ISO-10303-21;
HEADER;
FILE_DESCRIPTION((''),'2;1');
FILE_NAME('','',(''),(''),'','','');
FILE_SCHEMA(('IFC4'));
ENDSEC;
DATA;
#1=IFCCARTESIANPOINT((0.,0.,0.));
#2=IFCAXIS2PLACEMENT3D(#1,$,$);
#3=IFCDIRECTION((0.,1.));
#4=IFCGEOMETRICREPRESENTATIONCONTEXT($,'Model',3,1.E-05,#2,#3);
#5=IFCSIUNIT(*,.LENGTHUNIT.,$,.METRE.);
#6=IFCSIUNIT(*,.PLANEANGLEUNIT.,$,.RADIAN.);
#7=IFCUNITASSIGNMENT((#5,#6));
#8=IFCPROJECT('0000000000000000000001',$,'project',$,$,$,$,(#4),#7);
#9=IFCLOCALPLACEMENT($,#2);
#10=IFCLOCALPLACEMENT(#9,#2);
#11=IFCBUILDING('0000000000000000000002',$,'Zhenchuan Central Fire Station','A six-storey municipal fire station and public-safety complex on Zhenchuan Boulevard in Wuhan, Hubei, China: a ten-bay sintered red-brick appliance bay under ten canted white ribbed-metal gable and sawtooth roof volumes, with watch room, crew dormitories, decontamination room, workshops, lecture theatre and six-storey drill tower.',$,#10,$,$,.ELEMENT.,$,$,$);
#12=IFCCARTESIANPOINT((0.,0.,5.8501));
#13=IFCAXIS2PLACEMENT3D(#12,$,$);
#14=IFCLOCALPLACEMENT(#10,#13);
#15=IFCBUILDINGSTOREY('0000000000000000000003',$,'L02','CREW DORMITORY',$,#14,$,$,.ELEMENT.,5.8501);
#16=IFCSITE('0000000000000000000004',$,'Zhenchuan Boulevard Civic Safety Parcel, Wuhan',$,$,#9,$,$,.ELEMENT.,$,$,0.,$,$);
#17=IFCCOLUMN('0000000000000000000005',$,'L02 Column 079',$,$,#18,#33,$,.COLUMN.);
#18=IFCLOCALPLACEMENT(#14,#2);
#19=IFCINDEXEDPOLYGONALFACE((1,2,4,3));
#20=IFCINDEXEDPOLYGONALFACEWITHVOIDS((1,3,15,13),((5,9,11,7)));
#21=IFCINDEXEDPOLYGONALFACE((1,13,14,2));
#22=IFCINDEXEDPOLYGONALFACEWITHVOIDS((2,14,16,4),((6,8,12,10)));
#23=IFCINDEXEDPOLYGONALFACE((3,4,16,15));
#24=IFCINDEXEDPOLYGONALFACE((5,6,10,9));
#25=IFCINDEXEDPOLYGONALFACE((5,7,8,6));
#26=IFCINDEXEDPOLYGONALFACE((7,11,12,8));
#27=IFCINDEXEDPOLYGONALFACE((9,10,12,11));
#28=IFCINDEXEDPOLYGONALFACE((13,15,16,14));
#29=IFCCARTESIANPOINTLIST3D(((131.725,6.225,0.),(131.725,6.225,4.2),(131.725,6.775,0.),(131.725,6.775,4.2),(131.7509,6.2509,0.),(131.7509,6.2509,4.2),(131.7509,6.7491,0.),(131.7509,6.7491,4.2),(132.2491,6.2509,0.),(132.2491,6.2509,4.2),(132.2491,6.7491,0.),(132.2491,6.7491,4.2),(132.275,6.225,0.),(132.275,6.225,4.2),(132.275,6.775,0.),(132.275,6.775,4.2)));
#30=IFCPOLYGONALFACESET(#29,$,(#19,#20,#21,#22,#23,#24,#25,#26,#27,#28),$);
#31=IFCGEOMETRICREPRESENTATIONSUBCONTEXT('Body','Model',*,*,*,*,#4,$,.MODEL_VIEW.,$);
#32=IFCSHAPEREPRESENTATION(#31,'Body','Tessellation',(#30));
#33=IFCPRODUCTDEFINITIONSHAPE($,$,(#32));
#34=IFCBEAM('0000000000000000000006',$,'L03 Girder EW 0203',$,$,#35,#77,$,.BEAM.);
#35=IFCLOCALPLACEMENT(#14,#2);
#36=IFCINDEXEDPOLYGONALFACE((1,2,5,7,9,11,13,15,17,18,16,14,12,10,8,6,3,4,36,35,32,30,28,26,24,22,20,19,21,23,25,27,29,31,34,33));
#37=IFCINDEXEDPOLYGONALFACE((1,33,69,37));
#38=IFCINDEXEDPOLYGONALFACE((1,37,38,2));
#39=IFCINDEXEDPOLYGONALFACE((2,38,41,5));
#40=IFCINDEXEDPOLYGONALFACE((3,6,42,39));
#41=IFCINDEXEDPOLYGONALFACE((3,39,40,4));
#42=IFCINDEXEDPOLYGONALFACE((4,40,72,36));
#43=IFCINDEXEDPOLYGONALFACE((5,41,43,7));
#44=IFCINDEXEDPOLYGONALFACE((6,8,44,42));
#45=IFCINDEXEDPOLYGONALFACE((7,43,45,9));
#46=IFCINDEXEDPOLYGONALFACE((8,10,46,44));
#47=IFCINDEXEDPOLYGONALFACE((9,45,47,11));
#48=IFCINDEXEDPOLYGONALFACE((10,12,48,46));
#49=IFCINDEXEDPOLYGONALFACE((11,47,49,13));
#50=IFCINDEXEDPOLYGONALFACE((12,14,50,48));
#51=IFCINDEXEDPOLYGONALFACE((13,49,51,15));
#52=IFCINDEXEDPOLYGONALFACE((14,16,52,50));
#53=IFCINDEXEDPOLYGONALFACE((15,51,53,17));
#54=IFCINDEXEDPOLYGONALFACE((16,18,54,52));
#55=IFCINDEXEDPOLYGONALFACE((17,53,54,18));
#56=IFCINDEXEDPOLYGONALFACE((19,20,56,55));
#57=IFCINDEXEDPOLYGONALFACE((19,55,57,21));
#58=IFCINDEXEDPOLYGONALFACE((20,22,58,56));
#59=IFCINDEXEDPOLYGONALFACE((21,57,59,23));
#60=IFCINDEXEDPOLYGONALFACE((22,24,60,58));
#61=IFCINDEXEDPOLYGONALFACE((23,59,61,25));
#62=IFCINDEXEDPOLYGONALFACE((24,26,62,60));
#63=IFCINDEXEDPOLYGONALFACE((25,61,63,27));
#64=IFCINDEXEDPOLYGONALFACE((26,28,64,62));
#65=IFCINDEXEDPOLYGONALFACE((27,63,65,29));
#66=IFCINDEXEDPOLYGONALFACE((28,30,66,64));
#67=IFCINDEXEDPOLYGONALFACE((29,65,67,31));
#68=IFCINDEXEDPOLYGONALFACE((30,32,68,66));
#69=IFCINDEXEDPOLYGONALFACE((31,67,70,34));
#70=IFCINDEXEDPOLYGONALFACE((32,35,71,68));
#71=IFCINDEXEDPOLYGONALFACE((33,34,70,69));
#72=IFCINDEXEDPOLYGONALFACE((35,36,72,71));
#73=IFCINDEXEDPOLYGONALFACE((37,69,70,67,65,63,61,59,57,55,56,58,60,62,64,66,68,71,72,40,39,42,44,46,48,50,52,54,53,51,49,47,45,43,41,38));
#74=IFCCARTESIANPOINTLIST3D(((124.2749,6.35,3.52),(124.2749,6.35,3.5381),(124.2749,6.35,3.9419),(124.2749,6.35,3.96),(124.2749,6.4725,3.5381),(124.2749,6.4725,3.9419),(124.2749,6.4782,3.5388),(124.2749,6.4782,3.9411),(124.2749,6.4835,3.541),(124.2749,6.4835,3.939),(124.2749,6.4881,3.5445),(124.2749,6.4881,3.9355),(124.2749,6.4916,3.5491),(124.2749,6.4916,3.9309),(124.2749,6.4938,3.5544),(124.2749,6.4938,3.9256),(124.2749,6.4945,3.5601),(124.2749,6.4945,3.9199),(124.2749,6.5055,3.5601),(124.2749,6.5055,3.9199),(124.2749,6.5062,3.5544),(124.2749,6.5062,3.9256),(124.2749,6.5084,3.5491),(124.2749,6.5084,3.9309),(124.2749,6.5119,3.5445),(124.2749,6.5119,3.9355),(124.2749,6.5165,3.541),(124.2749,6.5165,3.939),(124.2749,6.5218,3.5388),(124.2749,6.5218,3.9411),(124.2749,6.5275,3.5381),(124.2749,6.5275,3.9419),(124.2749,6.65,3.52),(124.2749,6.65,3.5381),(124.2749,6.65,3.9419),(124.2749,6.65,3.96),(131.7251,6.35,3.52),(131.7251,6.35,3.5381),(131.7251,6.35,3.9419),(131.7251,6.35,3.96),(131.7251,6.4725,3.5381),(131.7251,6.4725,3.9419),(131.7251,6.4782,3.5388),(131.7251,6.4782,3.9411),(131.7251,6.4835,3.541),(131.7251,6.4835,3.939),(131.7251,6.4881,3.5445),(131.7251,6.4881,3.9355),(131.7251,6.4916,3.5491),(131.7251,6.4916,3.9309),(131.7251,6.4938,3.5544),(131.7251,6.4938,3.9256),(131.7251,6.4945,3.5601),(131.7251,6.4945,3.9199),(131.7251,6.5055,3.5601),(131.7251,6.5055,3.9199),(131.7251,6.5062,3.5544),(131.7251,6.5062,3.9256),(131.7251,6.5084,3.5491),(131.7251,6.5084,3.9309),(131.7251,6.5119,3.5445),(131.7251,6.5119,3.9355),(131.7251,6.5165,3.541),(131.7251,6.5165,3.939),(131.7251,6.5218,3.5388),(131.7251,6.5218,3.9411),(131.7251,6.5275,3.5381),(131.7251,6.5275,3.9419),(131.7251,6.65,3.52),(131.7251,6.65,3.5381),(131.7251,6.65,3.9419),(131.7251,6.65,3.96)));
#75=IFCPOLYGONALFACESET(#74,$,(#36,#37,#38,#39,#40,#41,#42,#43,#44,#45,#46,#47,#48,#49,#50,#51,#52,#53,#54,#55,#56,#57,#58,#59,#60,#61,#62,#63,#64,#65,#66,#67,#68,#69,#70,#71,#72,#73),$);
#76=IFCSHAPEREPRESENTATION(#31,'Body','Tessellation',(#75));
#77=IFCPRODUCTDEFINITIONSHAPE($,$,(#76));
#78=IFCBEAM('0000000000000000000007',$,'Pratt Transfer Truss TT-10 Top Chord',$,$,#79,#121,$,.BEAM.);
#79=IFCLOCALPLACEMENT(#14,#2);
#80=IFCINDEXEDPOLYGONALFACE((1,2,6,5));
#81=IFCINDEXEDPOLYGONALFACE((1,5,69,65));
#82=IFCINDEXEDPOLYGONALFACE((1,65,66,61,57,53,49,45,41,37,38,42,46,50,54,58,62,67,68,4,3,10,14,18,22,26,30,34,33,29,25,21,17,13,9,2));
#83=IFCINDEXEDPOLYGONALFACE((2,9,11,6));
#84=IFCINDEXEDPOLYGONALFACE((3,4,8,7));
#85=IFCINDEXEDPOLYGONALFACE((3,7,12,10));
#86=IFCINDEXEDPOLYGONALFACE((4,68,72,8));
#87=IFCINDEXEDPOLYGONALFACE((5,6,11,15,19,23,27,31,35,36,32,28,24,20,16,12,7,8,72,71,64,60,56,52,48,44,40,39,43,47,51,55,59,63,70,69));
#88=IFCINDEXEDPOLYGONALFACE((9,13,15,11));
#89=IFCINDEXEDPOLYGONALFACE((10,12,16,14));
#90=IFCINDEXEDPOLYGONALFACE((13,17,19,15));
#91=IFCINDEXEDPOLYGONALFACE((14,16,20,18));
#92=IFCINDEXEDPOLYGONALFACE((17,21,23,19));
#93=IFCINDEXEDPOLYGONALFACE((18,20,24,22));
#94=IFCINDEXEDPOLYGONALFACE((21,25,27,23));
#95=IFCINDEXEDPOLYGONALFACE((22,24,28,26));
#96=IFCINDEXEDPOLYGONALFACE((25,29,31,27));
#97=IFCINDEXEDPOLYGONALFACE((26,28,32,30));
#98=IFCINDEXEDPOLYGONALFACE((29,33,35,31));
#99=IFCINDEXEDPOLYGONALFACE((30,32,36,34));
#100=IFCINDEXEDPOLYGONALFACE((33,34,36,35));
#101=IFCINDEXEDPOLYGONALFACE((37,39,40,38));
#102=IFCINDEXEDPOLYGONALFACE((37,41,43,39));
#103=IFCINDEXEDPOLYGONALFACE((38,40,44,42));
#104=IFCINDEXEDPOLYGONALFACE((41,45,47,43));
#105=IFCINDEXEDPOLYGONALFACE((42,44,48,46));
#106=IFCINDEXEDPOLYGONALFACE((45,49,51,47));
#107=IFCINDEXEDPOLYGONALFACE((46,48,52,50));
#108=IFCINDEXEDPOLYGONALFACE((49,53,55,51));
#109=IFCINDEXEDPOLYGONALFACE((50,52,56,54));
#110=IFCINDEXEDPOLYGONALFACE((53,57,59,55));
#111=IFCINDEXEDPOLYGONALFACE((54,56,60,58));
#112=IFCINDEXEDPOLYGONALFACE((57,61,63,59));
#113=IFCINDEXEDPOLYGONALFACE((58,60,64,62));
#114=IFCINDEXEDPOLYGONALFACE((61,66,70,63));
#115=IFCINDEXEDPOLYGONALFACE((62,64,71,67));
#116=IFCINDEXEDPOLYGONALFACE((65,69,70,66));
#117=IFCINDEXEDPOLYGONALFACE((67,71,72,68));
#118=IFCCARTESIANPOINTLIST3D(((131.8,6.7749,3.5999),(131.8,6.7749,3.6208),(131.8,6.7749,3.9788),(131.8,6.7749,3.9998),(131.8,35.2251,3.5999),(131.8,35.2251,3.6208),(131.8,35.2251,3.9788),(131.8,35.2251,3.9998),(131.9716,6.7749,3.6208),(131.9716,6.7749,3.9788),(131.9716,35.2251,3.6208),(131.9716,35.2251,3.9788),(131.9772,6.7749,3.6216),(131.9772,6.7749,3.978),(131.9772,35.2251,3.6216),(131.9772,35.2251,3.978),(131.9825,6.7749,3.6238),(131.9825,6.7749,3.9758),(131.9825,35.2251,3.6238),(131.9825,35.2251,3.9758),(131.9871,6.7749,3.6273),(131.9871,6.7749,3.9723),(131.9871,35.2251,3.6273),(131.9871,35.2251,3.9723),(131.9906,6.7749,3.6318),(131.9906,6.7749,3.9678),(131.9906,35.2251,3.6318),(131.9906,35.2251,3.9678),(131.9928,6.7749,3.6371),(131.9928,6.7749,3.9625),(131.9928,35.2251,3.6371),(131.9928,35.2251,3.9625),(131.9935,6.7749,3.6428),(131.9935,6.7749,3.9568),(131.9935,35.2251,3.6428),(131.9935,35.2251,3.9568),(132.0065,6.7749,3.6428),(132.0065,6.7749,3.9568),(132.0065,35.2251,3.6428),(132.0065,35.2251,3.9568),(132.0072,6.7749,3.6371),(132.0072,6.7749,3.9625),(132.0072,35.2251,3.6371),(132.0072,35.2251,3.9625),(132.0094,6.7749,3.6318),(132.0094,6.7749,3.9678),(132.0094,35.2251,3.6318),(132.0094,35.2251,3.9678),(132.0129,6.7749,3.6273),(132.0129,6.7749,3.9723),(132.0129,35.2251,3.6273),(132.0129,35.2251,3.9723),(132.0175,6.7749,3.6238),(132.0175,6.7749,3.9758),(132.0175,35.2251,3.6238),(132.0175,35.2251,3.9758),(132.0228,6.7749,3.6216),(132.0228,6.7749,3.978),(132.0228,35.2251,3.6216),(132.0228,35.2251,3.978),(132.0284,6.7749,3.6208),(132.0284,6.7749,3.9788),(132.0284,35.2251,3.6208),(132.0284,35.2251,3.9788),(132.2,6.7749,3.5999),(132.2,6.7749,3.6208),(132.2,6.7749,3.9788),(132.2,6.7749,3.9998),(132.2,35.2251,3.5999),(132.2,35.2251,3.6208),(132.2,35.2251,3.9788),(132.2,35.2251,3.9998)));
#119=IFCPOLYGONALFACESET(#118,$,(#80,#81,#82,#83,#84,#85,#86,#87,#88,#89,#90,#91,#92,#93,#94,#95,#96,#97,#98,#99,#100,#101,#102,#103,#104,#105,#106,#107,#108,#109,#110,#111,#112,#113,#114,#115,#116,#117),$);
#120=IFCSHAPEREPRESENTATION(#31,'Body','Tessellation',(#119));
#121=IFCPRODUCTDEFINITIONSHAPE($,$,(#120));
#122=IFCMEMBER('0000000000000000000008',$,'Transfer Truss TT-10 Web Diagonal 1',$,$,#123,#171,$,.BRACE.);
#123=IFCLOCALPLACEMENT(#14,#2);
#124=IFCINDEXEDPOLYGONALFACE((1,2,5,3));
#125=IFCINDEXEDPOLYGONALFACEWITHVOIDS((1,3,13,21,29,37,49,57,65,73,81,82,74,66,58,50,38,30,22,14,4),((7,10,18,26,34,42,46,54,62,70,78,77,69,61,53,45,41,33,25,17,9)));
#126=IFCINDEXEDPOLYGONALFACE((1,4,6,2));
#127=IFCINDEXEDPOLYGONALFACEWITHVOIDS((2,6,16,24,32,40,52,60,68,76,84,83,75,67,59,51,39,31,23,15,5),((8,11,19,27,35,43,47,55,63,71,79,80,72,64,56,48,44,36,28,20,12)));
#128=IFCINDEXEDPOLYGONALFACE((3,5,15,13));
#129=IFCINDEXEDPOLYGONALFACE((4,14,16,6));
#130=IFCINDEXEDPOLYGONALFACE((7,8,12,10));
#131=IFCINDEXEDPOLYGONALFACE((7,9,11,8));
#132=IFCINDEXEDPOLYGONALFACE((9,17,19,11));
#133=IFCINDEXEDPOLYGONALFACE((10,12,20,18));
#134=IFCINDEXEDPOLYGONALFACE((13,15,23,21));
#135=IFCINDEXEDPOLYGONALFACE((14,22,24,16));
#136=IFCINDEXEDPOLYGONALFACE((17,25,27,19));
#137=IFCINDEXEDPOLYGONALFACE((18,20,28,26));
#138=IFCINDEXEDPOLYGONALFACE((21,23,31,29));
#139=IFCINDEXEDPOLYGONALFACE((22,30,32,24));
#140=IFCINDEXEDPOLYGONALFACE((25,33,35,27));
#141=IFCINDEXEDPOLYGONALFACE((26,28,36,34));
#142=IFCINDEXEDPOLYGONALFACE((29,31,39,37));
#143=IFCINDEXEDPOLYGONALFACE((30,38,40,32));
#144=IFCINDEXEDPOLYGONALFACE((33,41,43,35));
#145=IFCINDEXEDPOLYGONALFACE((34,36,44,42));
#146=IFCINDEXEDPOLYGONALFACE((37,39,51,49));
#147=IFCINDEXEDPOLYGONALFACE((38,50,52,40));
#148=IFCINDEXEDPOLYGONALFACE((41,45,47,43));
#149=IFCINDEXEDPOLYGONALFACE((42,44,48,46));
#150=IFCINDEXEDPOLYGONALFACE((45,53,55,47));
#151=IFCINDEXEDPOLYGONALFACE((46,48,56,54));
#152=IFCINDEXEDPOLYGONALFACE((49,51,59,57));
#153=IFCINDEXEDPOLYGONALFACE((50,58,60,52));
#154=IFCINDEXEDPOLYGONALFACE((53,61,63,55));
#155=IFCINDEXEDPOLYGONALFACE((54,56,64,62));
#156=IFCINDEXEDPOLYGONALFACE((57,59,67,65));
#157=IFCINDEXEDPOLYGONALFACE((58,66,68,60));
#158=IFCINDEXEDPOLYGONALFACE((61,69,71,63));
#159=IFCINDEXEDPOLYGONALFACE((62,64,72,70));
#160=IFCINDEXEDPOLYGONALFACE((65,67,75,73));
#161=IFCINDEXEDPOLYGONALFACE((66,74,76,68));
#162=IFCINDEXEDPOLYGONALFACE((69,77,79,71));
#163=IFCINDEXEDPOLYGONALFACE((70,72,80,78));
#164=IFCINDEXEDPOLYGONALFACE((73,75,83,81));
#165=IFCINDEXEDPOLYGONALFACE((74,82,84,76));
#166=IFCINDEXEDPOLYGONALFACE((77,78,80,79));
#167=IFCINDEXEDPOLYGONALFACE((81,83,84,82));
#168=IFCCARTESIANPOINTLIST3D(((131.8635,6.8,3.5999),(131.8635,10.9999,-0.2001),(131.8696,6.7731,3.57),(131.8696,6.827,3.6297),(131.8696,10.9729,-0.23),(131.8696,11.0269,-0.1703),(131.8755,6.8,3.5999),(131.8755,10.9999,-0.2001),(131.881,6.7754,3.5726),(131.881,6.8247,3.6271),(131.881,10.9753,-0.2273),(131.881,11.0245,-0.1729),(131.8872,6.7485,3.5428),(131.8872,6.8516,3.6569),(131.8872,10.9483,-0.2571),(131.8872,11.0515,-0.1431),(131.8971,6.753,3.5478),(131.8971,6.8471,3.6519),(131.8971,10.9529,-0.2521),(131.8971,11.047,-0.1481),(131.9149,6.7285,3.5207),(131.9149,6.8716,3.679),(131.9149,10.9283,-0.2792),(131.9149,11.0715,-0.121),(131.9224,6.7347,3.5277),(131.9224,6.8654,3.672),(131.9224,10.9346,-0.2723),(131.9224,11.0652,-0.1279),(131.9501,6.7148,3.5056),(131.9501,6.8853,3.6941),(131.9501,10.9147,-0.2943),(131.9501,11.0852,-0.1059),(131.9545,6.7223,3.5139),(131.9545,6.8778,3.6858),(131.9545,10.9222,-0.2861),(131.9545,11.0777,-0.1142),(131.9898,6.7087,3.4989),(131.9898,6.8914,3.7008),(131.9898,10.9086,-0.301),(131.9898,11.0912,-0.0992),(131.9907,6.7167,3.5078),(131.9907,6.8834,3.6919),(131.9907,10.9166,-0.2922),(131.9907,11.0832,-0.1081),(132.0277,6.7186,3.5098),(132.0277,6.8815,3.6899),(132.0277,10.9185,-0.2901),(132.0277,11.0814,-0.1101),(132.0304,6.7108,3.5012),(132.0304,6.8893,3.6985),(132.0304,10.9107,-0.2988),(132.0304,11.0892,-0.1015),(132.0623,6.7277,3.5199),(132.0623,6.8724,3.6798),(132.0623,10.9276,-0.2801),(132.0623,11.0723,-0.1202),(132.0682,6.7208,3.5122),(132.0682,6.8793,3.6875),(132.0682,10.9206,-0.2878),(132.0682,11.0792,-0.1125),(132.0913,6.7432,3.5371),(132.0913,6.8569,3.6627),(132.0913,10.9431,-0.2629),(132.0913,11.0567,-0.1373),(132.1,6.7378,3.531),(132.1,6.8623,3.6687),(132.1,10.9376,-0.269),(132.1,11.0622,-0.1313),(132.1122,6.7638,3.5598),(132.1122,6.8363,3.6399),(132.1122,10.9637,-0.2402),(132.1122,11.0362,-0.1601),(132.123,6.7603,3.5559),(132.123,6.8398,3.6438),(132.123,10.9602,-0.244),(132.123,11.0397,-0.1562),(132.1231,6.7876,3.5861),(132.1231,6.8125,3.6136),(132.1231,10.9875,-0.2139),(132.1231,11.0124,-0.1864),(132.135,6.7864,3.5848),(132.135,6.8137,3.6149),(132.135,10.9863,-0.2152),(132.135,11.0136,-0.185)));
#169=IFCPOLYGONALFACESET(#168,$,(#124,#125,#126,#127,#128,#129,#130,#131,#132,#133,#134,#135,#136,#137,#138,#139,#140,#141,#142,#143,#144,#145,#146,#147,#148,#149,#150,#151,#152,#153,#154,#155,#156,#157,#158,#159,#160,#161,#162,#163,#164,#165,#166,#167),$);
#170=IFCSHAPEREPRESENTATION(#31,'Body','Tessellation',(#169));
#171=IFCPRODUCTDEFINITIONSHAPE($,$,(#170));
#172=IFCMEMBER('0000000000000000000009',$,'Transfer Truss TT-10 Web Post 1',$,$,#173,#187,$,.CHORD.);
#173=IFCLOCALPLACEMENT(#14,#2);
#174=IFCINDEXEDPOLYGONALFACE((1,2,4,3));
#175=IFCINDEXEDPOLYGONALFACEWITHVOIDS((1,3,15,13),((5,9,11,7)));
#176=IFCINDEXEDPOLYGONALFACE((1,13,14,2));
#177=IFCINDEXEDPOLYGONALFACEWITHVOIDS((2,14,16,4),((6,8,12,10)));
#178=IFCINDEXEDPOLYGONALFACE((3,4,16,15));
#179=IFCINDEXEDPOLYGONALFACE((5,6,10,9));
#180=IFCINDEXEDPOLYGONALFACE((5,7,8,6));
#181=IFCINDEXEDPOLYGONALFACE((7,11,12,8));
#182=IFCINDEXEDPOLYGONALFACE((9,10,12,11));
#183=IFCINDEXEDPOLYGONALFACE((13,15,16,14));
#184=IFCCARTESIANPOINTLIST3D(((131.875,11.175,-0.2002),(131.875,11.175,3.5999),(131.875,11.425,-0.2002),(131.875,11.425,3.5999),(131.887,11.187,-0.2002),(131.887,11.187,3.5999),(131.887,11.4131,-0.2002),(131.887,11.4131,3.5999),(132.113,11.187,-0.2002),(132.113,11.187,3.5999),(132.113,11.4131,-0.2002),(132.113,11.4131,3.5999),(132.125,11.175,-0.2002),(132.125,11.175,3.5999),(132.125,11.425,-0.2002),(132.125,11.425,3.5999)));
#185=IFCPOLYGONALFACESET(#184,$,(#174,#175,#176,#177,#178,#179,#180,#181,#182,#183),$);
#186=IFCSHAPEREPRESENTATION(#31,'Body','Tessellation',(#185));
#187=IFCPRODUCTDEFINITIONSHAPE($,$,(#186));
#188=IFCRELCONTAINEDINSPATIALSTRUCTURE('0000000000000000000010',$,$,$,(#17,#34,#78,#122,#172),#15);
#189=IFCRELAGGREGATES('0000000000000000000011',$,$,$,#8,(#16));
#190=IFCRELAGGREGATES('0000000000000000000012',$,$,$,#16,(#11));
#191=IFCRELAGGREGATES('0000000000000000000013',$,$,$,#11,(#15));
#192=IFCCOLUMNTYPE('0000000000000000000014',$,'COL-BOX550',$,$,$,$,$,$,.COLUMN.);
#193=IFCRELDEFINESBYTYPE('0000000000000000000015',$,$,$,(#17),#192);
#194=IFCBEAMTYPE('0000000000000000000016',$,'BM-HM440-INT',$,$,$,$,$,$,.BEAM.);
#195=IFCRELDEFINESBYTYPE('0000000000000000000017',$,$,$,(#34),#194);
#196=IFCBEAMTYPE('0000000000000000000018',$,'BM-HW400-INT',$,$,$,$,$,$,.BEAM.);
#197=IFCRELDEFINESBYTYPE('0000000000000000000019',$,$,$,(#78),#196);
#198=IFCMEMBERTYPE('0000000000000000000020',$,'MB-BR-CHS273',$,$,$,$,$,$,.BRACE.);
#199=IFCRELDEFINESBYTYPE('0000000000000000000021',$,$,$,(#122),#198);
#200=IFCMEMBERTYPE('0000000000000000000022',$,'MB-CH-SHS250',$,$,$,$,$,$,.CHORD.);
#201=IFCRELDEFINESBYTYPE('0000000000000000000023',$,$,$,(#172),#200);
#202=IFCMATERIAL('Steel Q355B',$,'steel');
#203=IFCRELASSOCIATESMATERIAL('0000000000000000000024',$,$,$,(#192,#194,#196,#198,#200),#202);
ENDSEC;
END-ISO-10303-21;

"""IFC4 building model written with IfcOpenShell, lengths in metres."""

from ifc_helpers import new_model, si_unit, direction, frame, origin, origin_2d, place, context, subcontext, project, spatial, hollow_rectangle, hollow_circle, i_section, extrude, material, material_profile, profile_set, type_object, element, save


model = new_model("IFC4")

# Units and contexts
model_context = context("Model", 3, precision=1e-05, world=origin(), true_north=direction((0.0, 1.0)))
body_context = subcontext(model_context, "Body", "Model", "MODEL_VIEW")
ifc_project = project(units=[si_unit("LENGTHUNIT", "METRE"), si_unit("PLANEANGLEUNIT", "RADIAN")], contexts=[model_context])

# Site, building, storey
site_placement = place(None, origin())
site = spatial("IfcSite", under=ifc_project, at=site_placement, Name="Zhenchuan Boulevard Civic Safety Parcel, Wuhan", CompositionType="ELEMENT", RefElevation=0.0)
building_placement = place(site_placement, origin())
building = spatial("IfcBuilding", under=site, at=building_placement, Name="Zhenchuan Central Fire Station", Description="A six-storey municipal fire station and public-safety complex on Zhenchuan Boulevard in Wuhan, Hubei, China: a ten-bay sintered red-brick appliance bay under ten canted white ribbed-metal gable and sawtooth roof volumes, with watch room, crew dormitories, decontamination room, workshops, lecture theatre and six-storey drill tower.", CompositionType="ELEMENT")
storey_placement = place(building_placement, frame((0.0, 0.0, 5.8501)))
storey = spatial("IfcBuildingStorey", under=building, at=storey_placement, Name="L02", Description="CREW DORMITORY", CompositionType="ELEMENT", Elevation=5.8501)

# Column
ifc_material_1 = material(Name="Steel Q355B", Category="steel")
ifc_material_profile_1 = material_profile(ifc_material_1, hollow_rectangle(XDim=0.55, YDim=0.55, WallThickness=0.0259, at=origin_2d()), Name="BOX 550x550x26")
ifc_profile_set_1 = profile_set([ifc_material_profile_1], Name="Steel Q355B")
column_type = type_object("IfcColumnType", Name="COL-BOX550", PredefinedType="COLUMN", material=ifc_profile_set_1)
column_placement = place(storey_placement, frame((132.0, 6.5, 0.0), z_axis=(0.0, 0.0, 1.0), x_axis=(1.0, 0.0, 0.0)))
element("IfcColumn", 1, at=column_placement, inside=storey, type_object=column_type, Name="L02 Column 079", PredefinedType="COLUMN", context=body_context, shape_type="SweptSolid", body=[
    extrude(hollow_rectangle(XDim=0.55, YDim=0.55, WallThickness=0.0259, at=origin_2d()), origin(), (0.0, 0.0, 1.0), 4.2),
])

# Beams
ifc_material_profile_2 = material_profile(ifc_material_1, i_section(OverallWidth=0.3, OverallDepth=0.4399, WebThickness=0.011, FlangeThickness=0.0181, FilletRadius=0.022, at=origin_2d()), Name="HM 440x300")
ifc_profile_set_2 = profile_set([ifc_material_profile_2], Name="Steel Q355B")
beam_type_1 = type_object("IfcBeamType", Name="BM-HM440-INT", PredefinedType="BEAM", material=ifc_profile_set_2)
beam_1_placement = place(storey_placement, frame((124.2749, 6.5, 3.74), z_axis=(1.0, 0.0, 0.0), x_axis=(0.0, 1.0, 0.0)))
element("IfcBeam", 2, at=beam_1_placement, inside=storey, type_object=beam_type_1, Name="L03 Girder EW 0203", PredefinedType="BEAM", context=body_context, shape_type="SweptSolid", body=[
    extrude(i_section(OverallWidth=0.3, OverallDepth=0.4399, WebThickness=0.011, FlangeThickness=0.0181, FilletRadius=0.022, at=origin_2d()), origin(), (0.0, 0.0, 1.0), 7.4502),
])
ifc_material_profile_3 = material_profile(ifc_material_1, i_section(OverallWidth=0.3999, OverallDepth=0.3999, WebThickness=0.0129, FlangeThickness=0.021, FilletRadius=0.022, at=origin_2d()), Name="HW 400x400")
ifc_profile_set_3 = profile_set([ifc_material_profile_3], Name="Steel Q355B")
beam_type_2 = type_object("IfcBeamType", Name="BM-HW400-INT", PredefinedType="BEAM", material=ifc_profile_set_3)
beam_2_placement = place(storey_placement, frame((132.0, 6.7749, 3.7998), z_axis=(0.0, 1.0, 0.0), x_axis=(-1.0, 0.0, 0.0)))
element("IfcBeam", 3, at=beam_2_placement, inside=storey, type_object=beam_type_2, Name="Pratt Transfer Truss TT-10 Top Chord", PredefinedType="BEAM", context=body_context, shape_type="SweptSolid", body=[
    extrude(i_section(OverallWidth=0.3999, OverallDepth=0.3999, WebThickness=0.0129, FlangeThickness=0.021, FilletRadius=0.022, at=origin_2d()), origin(), (0.0, 0.0, 1.0), 28.4502),
])

# Members
ifc_material_profile_4 = material_profile(ifc_material_1, hollow_circle(Radius=0.1365, WallThickness=0.012, at=origin_2d()), Name="CHS 273x12")
ifc_profile_set_4 = profile_set([ifc_material_profile_4], Name="Steel Q355B")
member_type_1 = type_object("IfcMemberType", Name="MB-BR-CHS273", PredefinedType="BRACE", material=ifc_profile_set_4)
member_1_placement = place(storey_placement, frame((132.0, 6.8, 3.5999), z_axis=(0.0, 0.741528, -0.670922), x_axis=(-1.0, 0.0, 0.0)))
element("IfcMember", 4, at=member_1_placement, inside=storey, type_object=member_type_1, Name="Transfer Truss TT-10 Web Diagonal 1", PredefinedType="BRACE", context=body_context, shape_type="SweptSolid", body=[
    extrude(hollow_circle(Radius=0.1365, WallThickness=0.012, at=origin_2d()), origin(), (0.0, 0.0, 1.0), 5.6638),
])
ifc_material_profile_5 = material_profile(ifc_material_1, hollow_rectangle(XDim=0.25, YDim=0.25, WallThickness=0.012, at=origin_2d()), Name="SHS 250x250x12")
ifc_profile_set_5 = profile_set([ifc_material_profile_5], Name="Steel Q355B")
member_type_2 = type_object("IfcMemberType", Name="MB-CH-SHS250", PredefinedType="CHORD", material=ifc_profile_set_5)
member_2_placement = place(storey_placement, frame((132.0, 11.3, -0.2002), z_axis=(0.0, 0.0, 1.0), x_axis=(1.0, 0.0, 0.0)))
element("IfcMember", 5, at=member_2_placement, inside=storey, type_object=member_type_2, Name="Transfer Truss TT-10 Web Post 1", PredefinedType="CHORD", context=body_context, shape_type="SweptSolid", body=[
    extrude(hollow_rectangle(XDim=0.25, YDim=0.25, WallThickness=0.012, at=origin_2d()), origin(), (0.0, 0.0, 1.0), 3.8),
])

save(model, "model.ifc")
